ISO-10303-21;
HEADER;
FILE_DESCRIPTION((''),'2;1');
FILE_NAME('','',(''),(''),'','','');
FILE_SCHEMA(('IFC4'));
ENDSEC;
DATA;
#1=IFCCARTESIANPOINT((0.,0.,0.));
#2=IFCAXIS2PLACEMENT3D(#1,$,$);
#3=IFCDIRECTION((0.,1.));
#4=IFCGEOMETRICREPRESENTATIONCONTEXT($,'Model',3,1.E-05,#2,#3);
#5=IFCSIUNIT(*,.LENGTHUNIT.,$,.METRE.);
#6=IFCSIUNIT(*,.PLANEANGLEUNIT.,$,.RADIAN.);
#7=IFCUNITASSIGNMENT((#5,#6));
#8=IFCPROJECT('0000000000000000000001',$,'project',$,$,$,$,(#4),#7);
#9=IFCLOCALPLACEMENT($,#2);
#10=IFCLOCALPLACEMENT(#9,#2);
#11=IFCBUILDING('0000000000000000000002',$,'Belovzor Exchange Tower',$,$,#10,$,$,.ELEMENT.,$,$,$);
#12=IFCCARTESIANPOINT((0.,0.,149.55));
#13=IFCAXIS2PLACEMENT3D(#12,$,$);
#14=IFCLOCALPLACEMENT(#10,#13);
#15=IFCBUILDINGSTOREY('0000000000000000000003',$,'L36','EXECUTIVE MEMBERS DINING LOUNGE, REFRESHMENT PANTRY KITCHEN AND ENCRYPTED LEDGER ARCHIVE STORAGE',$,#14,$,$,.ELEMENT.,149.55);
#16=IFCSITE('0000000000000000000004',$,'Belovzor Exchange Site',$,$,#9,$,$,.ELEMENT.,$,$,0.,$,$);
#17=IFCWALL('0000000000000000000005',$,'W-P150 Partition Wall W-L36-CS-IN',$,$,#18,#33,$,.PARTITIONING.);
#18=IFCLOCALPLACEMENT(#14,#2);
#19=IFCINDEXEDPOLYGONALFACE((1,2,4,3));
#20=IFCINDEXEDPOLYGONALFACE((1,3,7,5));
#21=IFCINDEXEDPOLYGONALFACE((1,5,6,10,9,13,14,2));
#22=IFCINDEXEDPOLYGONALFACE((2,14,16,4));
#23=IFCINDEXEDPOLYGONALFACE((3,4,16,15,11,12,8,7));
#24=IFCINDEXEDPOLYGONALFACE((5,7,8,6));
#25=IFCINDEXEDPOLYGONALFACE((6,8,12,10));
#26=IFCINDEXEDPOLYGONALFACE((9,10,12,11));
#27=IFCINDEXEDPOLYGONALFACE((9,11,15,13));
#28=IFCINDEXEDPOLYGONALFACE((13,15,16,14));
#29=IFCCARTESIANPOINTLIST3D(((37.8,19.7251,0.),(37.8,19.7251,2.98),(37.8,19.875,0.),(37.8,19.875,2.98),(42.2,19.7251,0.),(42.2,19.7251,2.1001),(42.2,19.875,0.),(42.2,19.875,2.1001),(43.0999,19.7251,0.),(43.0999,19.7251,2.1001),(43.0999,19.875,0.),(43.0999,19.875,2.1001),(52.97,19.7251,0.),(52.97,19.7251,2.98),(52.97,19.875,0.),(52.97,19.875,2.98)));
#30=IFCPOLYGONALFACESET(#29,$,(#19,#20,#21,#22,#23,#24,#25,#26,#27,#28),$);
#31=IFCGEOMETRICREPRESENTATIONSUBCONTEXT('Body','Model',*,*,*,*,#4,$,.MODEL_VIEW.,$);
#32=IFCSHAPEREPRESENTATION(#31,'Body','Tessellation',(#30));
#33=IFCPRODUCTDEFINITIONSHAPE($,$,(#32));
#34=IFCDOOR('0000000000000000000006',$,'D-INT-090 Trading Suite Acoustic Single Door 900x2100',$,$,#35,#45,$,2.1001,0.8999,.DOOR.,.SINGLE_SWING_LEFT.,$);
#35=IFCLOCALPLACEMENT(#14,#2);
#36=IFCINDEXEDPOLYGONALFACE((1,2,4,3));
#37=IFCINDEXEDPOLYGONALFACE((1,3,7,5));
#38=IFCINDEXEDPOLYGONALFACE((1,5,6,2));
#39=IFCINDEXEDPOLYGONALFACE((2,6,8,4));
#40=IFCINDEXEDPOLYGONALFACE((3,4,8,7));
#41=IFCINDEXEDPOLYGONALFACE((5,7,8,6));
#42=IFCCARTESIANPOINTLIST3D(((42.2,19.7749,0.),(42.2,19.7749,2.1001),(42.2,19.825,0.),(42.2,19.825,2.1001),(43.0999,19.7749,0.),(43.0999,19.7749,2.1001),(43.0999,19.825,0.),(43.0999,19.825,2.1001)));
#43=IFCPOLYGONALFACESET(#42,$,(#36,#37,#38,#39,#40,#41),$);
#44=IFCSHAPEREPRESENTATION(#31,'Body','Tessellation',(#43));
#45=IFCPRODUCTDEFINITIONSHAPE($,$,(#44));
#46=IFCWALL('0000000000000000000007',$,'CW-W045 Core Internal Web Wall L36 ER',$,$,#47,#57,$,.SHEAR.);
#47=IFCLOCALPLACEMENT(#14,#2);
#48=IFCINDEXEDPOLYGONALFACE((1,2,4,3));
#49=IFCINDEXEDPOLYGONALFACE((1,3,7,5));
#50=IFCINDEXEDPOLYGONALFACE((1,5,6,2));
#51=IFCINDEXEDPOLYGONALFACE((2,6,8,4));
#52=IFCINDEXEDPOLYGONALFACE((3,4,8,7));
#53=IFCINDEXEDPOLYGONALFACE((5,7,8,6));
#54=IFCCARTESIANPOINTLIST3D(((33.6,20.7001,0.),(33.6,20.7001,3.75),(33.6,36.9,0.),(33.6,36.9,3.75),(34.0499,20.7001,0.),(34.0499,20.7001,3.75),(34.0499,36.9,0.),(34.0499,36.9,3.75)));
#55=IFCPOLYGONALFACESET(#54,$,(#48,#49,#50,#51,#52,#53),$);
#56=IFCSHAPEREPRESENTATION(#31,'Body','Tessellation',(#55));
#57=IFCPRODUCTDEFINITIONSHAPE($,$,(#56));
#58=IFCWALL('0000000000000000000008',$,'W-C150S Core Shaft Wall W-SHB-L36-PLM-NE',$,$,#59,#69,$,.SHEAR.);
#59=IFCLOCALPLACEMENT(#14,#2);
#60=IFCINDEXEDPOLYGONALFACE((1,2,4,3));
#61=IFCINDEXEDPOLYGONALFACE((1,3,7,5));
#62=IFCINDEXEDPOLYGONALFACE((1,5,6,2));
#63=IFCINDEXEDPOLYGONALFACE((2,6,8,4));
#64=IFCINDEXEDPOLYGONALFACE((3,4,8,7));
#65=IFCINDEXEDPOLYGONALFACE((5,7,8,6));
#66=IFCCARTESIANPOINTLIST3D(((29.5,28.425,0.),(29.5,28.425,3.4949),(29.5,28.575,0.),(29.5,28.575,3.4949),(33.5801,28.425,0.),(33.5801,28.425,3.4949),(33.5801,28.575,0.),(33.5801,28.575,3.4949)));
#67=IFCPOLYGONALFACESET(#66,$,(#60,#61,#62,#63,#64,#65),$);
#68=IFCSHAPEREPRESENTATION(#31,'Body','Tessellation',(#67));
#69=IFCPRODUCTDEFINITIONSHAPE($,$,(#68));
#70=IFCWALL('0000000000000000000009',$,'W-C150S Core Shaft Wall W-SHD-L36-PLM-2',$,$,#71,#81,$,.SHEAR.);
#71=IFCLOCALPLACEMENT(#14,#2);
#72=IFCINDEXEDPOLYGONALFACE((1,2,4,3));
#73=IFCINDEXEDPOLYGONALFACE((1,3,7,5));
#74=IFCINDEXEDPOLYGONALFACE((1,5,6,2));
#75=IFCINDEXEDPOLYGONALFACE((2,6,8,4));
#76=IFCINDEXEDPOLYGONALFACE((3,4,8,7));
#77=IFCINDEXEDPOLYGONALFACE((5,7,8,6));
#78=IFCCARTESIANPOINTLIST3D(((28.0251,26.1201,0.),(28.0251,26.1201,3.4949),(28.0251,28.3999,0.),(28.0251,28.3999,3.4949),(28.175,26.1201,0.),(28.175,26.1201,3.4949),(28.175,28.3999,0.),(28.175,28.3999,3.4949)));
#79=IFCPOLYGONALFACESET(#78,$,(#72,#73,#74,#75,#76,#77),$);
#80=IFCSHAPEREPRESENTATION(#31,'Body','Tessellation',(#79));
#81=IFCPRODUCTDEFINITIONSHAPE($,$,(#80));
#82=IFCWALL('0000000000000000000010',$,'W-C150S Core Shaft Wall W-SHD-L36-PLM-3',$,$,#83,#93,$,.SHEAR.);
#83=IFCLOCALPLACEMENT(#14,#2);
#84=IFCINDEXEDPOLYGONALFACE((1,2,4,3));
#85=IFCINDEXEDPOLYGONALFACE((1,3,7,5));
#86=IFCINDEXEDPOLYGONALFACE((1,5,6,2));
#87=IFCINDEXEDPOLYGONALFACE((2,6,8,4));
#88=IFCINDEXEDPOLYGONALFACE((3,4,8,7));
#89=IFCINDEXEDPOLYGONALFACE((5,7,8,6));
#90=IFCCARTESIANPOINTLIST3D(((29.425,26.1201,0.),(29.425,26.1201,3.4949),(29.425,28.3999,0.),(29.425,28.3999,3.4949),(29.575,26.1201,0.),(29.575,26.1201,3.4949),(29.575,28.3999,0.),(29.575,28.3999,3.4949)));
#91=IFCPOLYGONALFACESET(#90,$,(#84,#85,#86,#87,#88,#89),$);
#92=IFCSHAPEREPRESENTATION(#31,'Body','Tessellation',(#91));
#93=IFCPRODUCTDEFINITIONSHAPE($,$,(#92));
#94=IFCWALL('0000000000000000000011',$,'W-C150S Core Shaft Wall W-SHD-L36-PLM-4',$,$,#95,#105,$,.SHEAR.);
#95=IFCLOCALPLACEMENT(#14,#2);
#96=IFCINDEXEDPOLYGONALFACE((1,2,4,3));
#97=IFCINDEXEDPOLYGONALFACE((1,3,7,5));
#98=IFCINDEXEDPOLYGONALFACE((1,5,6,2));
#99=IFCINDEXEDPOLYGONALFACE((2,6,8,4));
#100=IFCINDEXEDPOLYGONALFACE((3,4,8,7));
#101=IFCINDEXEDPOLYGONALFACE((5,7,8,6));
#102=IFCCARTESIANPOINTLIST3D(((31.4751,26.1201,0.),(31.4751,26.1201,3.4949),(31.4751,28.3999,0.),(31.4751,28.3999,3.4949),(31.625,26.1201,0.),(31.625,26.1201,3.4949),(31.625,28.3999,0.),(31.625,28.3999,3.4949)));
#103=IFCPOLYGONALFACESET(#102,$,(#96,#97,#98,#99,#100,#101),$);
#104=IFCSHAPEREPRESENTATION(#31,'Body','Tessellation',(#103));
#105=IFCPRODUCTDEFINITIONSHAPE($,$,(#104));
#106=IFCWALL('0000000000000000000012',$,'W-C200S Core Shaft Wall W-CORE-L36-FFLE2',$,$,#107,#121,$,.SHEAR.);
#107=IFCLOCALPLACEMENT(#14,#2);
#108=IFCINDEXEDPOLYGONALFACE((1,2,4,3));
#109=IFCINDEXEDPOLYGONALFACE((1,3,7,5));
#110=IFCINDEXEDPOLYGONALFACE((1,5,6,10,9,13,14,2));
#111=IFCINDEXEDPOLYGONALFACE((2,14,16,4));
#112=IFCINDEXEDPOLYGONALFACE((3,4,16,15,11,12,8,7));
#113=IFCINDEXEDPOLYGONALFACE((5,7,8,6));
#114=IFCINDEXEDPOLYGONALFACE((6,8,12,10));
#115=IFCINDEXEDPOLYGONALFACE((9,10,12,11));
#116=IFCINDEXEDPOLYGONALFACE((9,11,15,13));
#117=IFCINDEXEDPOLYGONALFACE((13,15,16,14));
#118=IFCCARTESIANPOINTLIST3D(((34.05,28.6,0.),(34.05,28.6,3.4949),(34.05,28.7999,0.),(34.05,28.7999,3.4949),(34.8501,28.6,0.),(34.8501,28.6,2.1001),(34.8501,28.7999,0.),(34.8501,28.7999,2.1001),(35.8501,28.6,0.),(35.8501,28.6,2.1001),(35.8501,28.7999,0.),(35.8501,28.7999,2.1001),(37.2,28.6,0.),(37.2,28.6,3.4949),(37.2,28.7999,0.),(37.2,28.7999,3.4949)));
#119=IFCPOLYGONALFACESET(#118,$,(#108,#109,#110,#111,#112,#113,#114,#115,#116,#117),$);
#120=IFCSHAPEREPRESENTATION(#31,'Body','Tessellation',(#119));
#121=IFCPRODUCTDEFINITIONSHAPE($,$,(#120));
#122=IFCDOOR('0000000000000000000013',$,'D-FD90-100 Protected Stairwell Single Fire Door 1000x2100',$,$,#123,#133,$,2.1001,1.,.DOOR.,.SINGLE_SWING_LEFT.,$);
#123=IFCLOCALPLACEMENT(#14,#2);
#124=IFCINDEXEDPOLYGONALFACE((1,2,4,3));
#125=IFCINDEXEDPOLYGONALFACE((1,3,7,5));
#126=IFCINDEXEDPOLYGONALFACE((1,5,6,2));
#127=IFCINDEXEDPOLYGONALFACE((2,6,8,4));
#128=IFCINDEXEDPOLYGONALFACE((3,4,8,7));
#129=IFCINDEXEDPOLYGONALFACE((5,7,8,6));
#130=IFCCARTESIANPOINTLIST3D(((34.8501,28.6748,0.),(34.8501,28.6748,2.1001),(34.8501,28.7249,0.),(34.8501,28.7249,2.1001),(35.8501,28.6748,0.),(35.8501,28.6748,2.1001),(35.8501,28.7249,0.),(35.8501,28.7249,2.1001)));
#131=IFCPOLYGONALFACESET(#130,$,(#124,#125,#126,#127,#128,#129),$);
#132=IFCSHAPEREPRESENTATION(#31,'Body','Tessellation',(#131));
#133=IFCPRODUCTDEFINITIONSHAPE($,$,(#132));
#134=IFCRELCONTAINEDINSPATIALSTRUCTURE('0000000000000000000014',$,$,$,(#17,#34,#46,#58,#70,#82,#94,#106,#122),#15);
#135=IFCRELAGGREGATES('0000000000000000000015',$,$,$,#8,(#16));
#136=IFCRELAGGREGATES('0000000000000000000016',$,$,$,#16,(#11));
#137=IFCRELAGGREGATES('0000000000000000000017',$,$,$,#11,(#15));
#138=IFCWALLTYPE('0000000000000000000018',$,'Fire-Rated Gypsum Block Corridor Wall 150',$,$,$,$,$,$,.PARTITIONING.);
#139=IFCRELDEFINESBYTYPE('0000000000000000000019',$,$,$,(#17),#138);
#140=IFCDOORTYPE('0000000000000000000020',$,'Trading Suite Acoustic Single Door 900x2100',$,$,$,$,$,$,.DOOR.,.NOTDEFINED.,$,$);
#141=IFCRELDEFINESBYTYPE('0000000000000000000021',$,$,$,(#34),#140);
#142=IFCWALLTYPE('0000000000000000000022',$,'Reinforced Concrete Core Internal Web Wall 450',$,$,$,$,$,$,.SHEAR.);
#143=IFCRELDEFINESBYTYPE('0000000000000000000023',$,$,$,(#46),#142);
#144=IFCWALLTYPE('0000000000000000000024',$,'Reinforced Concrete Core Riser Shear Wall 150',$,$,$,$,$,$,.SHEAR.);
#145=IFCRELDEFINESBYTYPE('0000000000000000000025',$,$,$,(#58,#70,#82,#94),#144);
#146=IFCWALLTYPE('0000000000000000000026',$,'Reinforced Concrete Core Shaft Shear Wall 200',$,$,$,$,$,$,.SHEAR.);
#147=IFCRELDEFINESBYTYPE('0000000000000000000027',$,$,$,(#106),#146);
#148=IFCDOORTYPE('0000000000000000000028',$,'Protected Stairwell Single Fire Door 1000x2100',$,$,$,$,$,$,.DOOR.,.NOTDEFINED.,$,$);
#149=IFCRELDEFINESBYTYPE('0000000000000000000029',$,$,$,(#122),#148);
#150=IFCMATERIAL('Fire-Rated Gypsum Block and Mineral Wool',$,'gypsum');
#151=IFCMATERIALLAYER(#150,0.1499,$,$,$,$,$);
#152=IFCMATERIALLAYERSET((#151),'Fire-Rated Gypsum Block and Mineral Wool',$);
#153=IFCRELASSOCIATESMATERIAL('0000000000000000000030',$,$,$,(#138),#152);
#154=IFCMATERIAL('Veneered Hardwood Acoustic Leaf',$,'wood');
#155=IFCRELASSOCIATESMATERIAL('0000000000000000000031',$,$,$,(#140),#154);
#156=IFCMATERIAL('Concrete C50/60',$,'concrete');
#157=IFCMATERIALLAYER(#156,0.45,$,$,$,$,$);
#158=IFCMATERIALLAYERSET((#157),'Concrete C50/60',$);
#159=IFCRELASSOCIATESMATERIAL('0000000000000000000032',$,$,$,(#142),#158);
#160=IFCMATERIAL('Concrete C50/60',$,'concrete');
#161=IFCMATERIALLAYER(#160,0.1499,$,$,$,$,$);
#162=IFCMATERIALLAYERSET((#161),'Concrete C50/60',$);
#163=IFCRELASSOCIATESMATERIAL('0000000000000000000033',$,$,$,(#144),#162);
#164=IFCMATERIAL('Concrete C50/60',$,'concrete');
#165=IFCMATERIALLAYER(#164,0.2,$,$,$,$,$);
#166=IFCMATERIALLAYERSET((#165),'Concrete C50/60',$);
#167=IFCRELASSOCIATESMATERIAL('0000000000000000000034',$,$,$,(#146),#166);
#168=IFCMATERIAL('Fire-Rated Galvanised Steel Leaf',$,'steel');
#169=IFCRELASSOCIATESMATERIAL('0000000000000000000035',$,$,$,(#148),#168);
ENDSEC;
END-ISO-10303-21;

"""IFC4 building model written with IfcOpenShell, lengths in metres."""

from ifc_helpers import new_model, si_unit, direction, frame, frame_2d, origin, place, context, subcontext, project, spatial, rectangle, extrude, material, layer, layer_set, type_object, element, fill, save


model = new_model("IFC4")

# Units and contexts
model_context = context("Model", 3, precision=1e-05, world=origin(), true_north=direction((0.0, 1.0)))
body_context = subcontext(model_context, "Body", "Model", "MODEL_VIEW")
ifc_project = project(units=[si_unit("LENGTHUNIT", "METRE"), si_unit("PLANEANGLEUNIT", "RADIAN")], contexts=[model_context])

# Site, building, storey
site_placement = place(None, origin())
site = spatial("IfcSite", under=ifc_project, at=site_placement, Name="Belovzor Exchange Site", CompositionType="ELEMENT", RefElevation=0.0)
building_placement = place(site_placement, origin())
building = spatial("IfcBuilding", under=site, at=building_placement, Name="Belovzor Exchange Tower", CompositionType="ELEMENT")
storey_placement = place(building_placement, frame((0.0, 0.0, 149.55)))
storey = spatial("IfcBuildingStorey", under=building, at=storey_placement, Name="L36", Description="EXECUTIVE MEMBERS DINING LOUNGE, REFRESHMENT PANTRY KITCHEN AND ENCRYPTED LEDGER ARCHIVE STORAGE", CompositionType="ELEMENT", Elevation=149.55)

# Shared definitions
ifc_material_1 = material(Name="Fire-Rated Gypsum Block and Mineral Wool", Category="gypsum")
ifc_layer_1 = layer(ifc_material_1, 0.1499)
ifc_layer_set_1 = layer_set([ifc_layer_1], Name="Fire-Rated Gypsum Block and Mineral Wool")
wall_type_1 = type_object("IfcWallType", Name="Fire-Rated Gypsum Block Corridor Wall 150", PredefinedType="PARTITIONING", material=ifc_layer_set_1)

# Wall, opening, door
wall_1_placement = place(storey_placement, frame((37.8, 19.8, 0.0), z_axis=(0.0, 0.0, 1.0), x_axis=(1.0, 0.0, 0.0)))
wall_1 = element("IfcWall", 1, at=wall_1_placement, inside=storey, type_object=wall_type_1, Name="W-P150 Partition Wall W-L36-CS-IN", PredefinedType="PARTITIONING", context=body_context, shape_type="SweptSolid", body=[
    extrude(rectangle(XDim=15.1699, YDim=0.1499, at=frame_2d((7.585, 0.0))), origin(), (0.0, 0.0, 1.0), 2.98),
])
opening_1_placement = place(wall_1_placement, frame((4.3999, 0.0, 0.0)))
opening_1 = element("IfcOpeningElement", 2, at=opening_1_placement, cuts=wall_1, PredefinedType="OPENING", context=body_context, shape_type="SweptSolid", body=[
    extrude(rectangle(XDim=0.8999, YDim=2.1001, at=frame_2d((0.45, 1.05))), frame((0.0, 0.085, 0.0), z_axis=(0.0, -1.0, 0.0), x_axis=(1.0, 0.0, 0.0)), (0.0, 0.0, 1.0), 0.1699),
])
ifc_material_2 = material(Name="Veneered Hardwood Acoustic Leaf", Category="wood")
door_type_1 = type_object("IfcDoorType", Name="Trading Suite Acoustic Single Door 900x2100", OperationType="NOTDEFINED", PredefinedType="DOOR", material=ifc_material_2)
door_1_placement = place(opening_1_placement, origin())
door_1 = element("IfcDoor", 3, at=door_1_placement, inside=storey, type_object=door_type_1, Name="D-INT-090 Trading Suite Acoustic Single Door 900x2100", OperationType="SINGLE_SWING_LEFT", OverallHeight=2.1001, OverallWidth=0.8999, PredefinedType="DOOR", context=body_context, shape_type="SweptSolid", body=[
    extrude(rectangle(XDim=0.8999, YDim=2.1001, at=frame_2d((0.45, 1.05))), frame((0.0, 0.0249, 0.0), z_axis=(0.0, -1.0, 0.0), x_axis=(1.0, 0.0, 0.0)), (0.0, 0.0, 1.0), 0.05),
])
fill(opening_1, door_1)

# Walls
ifc_material_3 = material(Name="Concrete C50/60", Category="concrete")
ifc_layer_2 = layer(ifc_material_3, 0.45)
ifc_layer_set_2 = layer_set([ifc_layer_2], Name="Concrete C50/60")
wall_type_2 = type_object("IfcWallType", Name="Reinforced Concrete Core Internal Web Wall 450", PredefinedType="SHEAR", material=ifc_layer_set_2)
wall_2_placement = place(storey_placement, frame((33.825, 20.7, 0.0), z_axis=(0.0, 0.0, 1.0), x_axis=(0.0, 1.0, 0.0)))
element("IfcWall", 4, at=wall_2_placement, inside=storey, type_object=wall_type_2, Name="CW-W045 Core Internal Web Wall L36 ER", PredefinedType="SHEAR", context=body_context, shape_type="SweptSolid", body=[
    extrude(rectangle(XDim=16.2, YDim=0.45, at=frame_2d((8.1001, 0.0))), origin(), (0.0, 0.0, 1.0), 3.75),
])
ifc_material_4 = material(Name="Concrete C50/60", Category="concrete")
ifc_layer_3 = layer(ifc_material_4, 0.1499)
ifc_layer_set_3 = layer_set([ifc_layer_3], Name="Concrete C50/60")
wall_type_3 = type_object("IfcWallType", Name="Reinforced Concrete Core Riser Shear Wall 150", PredefinedType="SHEAR", material=ifc_layer_set_3)
wall_3_placement = place(storey_placement, frame((29.5, 28.5, 0.0), z_axis=(0.0, 0.0, 1.0), x_axis=(1.0, 0.0, 0.0)))
element("IfcWall", 5, at=wall_3_placement, inside=storey, type_object=wall_type_3, Name="W-C150S Core Shaft Wall W-SHB-L36-PLM-NE", PredefinedType="SHEAR", context=body_context, shape_type="SweptSolid", body=[
    extrude(rectangle(XDim=4.0801, YDim=0.1499, at=frame_2d((2.04, 0.0))), origin(), (0.0, 0.0, 1.0), 3.4949),
])
for number, where, z_axis, x_axis, name in (
    (6, (28.1001, 26.1201, 0.0), (0.0, 0.0, 1.0), (0.0, 1.0, 0.0), "W-C150S Core Shaft Wall W-SHD-L36-PLM-2"),
    (7, (29.5, 26.1201, 0.0), (0.0, 0.0, 1.0), (0.0, 1.0, 0.0), "W-C150S Core Shaft Wall W-SHD-L36-PLM-3"),
    (8, (31.55, 26.1201, 0.0), (0.0, 0.0, 1.0), (0.0, 1.0, 0.0), "W-C150S Core Shaft Wall W-SHD-L36-PLM-4"),
):
    element("IfcWall", number, at=place(storey_placement, frame(where, z_axis=z_axis, x_axis=x_axis)), inside=storey, type_object=wall_type_3, Name=name, PredefinedType="SHEAR", context=body_context, shape_type="SweptSolid", body=[
        extrude(rectangle(XDim=2.2798, YDim=0.1499, at=frame_2d((1.1399, 0.0))), origin(), (0.0, 0.0, 1.0), 3.4949),
    ])

# Wall, opening, door
ifc_material_5 = material(Name="Concrete C50/60", Category="concrete")
ifc_layer_4 = layer(ifc_material_5, 0.2)
ifc_layer_set_4 = layer_set([ifc_layer_4], Name="Concrete C50/60")
wall_type_4 = type_object("IfcWallType", Name="Reinforced Concrete Core Shaft Shear Wall 200", PredefinedType="SHEAR", material=ifc_layer_set_4)
wall_4_placement = place(storey_placement, frame((34.05, 28.7, 0.0), z_axis=(0.0, 0.0, 1.0), x_axis=(1.0, 0.0, 0.0)))
wall_4 = element("IfcWall", 9, at=wall_4_placement, inside=storey, type_object=wall_type_4, Name="W-C200S Core Shaft Wall W-CORE-L36-FFLE2", PredefinedType="SHEAR", context=body_context, shape_type="SweptSolid", body=[
    extrude(rectangle(XDim=3.1499, YDim=0.2, at=frame_2d((1.575, 0.0))), origin(), (0.0, 0.0, 1.0), 3.4949),
])
opening_2_placement = place(wall_4_placement, frame((0.8, 0.0, 0.0)))
opening_2 = element("IfcOpeningElement", 10, at=opening_2_placement, cuts=wall_4, PredefinedType="OPENING", context=body_context, shape_type="SweptSolid", body=[
    extrude(rectangle(XDim=1.0, YDim=2.1001, at=frame_2d((0.5, 1.05))), frame((0.0, 0.1099, 0.0), z_axis=(0.0, -1.0, 0.0), x_axis=(1.0, 0.0, 0.0)), (0.0, 0.0, 1.0), 0.22),
])
ifc_material_6 = material(Name="Fire-Rated Galvanised Steel Leaf", Category="steel")
door_type_2 = type_object("IfcDoorType", Name="Protected Stairwell Single Fire Door 1000x2100", OperationType="NOTDEFINED", PredefinedType="DOOR", material=ifc_material_6)
door_2_placement = place(opening_2_placement, origin())
door_2 = element("IfcDoor", 11, at=door_2_placement, inside=storey, type_object=door_type_2, Name="D-FD90-100 Protected Stairwell Single Fire Door 1000x2100", OperationType="SINGLE_SWING_LEFT", OverallHeight=2.1001, OverallWidth=1.0, PredefinedType="DOOR", context=body_context, shape_type="SweptSolid", body=[
    extrude(rectangle(XDim=1.0, YDim=2.1001, at=frame_2d((0.5, 1.05))), frame((0.0, 0.0249, 0.0), z_axis=(0.0, -1.0, 0.0), x_axis=(1.0, 0.0, 0.0)), (0.0, 0.0, 1.0), 0.05),
])
fill(opening_2, door_2)

save(model, "model.ifc")
